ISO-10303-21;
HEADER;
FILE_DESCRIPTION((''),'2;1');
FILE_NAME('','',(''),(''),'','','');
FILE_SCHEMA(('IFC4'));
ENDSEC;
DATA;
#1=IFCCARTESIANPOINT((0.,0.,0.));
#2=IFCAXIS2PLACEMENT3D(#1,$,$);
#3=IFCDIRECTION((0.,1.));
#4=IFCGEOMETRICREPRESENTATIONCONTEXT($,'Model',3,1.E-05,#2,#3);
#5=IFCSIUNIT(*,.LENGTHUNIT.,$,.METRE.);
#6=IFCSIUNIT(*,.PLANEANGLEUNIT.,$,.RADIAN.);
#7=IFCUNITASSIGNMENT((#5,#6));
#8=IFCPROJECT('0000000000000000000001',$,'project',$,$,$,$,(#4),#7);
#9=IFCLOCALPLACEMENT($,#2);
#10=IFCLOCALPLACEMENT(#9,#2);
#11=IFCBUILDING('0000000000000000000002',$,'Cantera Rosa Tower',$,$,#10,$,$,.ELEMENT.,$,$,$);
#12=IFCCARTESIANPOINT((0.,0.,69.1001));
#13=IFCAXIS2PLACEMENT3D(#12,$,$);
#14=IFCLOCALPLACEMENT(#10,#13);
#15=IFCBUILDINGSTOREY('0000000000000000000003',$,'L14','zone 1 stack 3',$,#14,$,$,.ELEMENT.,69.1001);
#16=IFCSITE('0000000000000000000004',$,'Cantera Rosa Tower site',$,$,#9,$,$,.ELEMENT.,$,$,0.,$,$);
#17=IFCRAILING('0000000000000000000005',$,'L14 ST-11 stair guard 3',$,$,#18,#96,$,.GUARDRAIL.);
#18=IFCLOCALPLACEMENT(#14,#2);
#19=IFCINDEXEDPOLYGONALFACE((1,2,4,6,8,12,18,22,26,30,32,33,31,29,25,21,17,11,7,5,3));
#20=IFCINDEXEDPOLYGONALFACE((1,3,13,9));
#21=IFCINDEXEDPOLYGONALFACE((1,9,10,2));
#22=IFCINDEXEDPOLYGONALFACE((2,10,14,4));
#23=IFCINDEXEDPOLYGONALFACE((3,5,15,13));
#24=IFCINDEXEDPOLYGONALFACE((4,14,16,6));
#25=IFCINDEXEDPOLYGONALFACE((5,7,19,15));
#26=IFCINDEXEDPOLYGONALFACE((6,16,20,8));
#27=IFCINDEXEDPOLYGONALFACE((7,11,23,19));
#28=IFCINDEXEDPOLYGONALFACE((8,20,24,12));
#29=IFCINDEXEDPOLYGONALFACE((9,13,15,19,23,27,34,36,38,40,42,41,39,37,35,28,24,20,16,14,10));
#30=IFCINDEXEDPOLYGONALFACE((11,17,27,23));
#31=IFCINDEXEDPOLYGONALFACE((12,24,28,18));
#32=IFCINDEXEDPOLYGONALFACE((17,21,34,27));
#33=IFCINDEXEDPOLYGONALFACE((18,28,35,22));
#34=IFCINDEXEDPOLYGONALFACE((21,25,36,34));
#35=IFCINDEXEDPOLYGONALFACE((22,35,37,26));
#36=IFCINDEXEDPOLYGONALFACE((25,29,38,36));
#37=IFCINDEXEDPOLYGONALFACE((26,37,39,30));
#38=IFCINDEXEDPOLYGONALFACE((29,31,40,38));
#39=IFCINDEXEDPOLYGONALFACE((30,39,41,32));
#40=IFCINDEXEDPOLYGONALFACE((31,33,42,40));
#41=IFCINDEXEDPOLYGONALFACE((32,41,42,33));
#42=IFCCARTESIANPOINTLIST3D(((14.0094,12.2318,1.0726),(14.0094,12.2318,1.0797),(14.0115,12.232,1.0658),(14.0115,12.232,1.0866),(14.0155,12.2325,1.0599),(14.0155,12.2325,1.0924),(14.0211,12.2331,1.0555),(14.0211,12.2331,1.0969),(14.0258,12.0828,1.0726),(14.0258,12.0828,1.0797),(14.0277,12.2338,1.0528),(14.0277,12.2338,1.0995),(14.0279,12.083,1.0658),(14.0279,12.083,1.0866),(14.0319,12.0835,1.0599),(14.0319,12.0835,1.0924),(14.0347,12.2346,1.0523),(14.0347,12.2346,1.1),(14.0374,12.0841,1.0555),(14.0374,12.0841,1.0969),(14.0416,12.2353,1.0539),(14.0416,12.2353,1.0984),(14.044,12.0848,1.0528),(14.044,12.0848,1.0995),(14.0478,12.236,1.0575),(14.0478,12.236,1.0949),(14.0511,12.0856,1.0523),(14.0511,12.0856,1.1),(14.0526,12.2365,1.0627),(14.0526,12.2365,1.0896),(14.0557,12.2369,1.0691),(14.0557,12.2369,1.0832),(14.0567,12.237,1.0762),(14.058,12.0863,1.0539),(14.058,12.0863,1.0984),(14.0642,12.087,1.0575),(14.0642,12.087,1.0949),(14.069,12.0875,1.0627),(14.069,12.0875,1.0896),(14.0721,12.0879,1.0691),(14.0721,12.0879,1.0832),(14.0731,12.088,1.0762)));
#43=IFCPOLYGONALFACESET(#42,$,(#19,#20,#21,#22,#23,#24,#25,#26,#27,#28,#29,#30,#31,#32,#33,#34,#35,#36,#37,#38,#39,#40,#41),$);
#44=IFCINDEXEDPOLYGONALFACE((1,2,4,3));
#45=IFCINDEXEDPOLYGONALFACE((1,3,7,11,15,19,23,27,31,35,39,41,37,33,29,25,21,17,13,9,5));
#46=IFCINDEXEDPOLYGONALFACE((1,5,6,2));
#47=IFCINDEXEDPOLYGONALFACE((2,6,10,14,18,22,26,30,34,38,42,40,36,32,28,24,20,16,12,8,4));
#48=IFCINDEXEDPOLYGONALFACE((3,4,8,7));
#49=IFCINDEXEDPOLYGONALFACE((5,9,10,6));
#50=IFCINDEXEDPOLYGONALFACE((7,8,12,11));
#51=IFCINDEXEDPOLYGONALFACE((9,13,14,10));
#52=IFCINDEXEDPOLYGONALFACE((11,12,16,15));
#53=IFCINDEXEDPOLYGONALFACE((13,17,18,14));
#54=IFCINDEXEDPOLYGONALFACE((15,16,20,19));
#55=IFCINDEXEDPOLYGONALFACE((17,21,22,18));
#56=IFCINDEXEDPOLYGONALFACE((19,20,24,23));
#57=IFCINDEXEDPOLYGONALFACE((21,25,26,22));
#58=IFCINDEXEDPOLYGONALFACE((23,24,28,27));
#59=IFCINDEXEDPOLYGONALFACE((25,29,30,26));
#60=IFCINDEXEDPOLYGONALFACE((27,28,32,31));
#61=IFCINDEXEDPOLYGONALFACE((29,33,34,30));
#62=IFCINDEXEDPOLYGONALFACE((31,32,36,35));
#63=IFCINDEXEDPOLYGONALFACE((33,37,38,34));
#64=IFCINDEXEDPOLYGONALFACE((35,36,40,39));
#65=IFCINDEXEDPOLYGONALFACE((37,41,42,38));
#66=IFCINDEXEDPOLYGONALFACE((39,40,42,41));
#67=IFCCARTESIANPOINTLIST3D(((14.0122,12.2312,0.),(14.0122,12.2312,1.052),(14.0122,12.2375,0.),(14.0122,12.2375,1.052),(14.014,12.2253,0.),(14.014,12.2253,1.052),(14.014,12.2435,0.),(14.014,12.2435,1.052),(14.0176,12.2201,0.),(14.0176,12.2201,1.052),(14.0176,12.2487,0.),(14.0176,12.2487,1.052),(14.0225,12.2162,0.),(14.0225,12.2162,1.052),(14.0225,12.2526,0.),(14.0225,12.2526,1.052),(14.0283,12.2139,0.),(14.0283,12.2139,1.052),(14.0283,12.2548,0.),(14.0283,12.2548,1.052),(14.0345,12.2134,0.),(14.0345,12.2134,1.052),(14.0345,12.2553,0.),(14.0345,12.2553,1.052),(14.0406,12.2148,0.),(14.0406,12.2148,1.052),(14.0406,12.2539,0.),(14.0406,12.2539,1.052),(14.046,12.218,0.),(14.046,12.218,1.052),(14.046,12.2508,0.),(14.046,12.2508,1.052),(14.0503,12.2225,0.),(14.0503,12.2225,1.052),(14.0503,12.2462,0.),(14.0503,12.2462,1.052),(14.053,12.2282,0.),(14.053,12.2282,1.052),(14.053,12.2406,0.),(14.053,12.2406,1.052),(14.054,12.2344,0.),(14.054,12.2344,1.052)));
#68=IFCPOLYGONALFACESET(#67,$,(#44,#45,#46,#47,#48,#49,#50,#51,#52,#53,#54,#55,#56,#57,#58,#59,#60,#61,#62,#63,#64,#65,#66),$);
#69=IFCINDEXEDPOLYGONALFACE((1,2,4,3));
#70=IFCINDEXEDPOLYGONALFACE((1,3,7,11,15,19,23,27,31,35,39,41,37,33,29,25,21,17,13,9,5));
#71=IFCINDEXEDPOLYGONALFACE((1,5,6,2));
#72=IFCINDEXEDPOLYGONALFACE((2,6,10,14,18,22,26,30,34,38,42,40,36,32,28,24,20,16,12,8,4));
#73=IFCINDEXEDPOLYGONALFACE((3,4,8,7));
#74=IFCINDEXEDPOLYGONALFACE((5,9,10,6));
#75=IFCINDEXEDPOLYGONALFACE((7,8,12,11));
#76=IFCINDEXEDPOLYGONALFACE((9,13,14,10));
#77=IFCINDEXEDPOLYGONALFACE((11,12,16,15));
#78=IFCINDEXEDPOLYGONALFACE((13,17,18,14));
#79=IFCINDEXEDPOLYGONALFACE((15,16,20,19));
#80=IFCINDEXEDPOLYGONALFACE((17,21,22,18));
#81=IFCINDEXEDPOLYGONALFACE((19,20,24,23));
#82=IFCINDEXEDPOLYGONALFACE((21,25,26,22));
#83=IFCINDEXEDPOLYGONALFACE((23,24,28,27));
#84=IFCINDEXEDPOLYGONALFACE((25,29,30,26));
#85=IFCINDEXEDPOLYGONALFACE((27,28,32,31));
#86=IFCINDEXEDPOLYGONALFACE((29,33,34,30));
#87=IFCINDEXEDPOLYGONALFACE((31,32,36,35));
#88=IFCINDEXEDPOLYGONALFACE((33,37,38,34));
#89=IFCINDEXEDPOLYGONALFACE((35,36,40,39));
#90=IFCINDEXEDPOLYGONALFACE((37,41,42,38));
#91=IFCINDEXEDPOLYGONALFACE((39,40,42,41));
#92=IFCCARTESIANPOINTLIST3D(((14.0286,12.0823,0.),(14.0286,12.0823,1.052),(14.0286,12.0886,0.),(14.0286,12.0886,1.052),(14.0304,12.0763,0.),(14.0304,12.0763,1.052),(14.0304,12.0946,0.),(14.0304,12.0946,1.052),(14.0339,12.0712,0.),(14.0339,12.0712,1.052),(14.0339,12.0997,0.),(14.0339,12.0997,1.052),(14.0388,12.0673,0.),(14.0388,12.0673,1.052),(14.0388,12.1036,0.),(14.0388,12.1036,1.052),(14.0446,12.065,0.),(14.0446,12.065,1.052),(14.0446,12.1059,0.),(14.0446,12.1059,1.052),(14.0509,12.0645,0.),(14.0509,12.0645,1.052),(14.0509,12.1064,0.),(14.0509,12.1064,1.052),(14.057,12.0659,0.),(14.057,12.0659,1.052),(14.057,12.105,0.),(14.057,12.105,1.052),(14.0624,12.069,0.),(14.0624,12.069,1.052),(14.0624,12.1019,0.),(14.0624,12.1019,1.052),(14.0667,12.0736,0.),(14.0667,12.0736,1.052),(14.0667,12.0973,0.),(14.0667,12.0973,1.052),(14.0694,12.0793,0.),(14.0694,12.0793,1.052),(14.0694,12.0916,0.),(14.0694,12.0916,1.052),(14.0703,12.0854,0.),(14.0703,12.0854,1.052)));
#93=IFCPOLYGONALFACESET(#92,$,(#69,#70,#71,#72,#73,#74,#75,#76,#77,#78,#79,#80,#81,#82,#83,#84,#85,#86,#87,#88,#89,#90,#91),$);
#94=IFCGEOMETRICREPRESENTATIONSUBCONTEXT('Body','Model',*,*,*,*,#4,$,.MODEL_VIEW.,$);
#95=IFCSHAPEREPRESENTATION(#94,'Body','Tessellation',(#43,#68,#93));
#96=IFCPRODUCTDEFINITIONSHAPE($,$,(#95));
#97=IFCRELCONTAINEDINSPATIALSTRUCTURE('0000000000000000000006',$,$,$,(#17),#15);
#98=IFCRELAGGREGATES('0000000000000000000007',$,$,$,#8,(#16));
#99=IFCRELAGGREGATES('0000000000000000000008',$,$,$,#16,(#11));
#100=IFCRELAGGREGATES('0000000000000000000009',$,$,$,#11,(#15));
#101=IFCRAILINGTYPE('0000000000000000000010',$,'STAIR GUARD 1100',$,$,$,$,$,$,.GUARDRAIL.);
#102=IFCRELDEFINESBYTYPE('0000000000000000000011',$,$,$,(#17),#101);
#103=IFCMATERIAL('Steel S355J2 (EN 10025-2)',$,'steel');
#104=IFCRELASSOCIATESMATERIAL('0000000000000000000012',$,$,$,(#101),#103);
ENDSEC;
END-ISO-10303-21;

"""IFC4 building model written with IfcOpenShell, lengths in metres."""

from ifc_helpers import new_model, si_unit, direction, frame, origin, origin_2d, place, context, subcontext, project, spatial, circle, extrude, material, type_object, element, save


model = new_model("IFC4")

# Units and contexts
model_context = context("Model", 3, precision=1e-05, world=origin(), true_north=direction((0.0, 1.0)))
body_context = subcontext(model_context, "Body", "Model", "MODEL_VIEW")
ifc_project = project(units=[si_unit("LENGTHUNIT", "METRE"), si_unit("PLANEANGLEUNIT", "RADIAN")], contexts=[model_context])

# Site, building, storey
site_placement = place(None, origin())
site = spatial("IfcSite", under=ifc_project, at=site_placement, Name="Cantera Rosa Tower site", CompositionType="ELEMENT", RefElevation=0.0)
building_placement = place(site_placement, origin())
building = spatial("IfcBuilding", under=site, at=building_placement, Name="Cantera Rosa Tower", CompositionType="ELEMENT")
storey_placement = place(building_placement, frame((0.0, 0.0, 69.1001)))
storey = spatial("IfcBuildingStorey", under=building, at=storey_placement, Name="L14", Description="zone 1 stack 3", CompositionType="ELEMENT", Elevation=69.1001)

# Railing
ifc_material_1 = material(Name="Steel S355J2 (EN 10025-2)", Category="steel")
railing_type_1 = type_object("IfcRailingType", Name="STAIR GUARD 1100", PredefinedType="GUARDRAIL", material=ifc_material_1)
railing_1_placement = place(storey_placement, frame((14.033, 12.2344, 0.0)))
element("IfcRailing", 1, at=railing_1_placement, inside=storey, type_object=railing_type_1, Name="L14 ST-11 stair guard 3", PredefinedType="GUARDRAIL", context=body_context, shape_type="SweptSolid", body=[
    extrude(circle(Radius=0.0239, at=origin_2d()), frame((0.0, 0.0, 1.0762), z_axis=(0.109179, -0.994022, 0.0), x_axis=(0.994022, 0.109179, 0.0)), (0.0, 0.0, 1.0), 0.1499),
    extrude(circle(Radius=0.021, at=origin_2d()), origin(), (0.0, 0.0, 1.0), 1.052),
    extrude(circle(Radius=0.021, at=origin_2d()), frame((0.0164, -0.1489, 0.0)), (0.0, 0.0, 1.0), 1.052),
])

save(model, "model.ifc")
